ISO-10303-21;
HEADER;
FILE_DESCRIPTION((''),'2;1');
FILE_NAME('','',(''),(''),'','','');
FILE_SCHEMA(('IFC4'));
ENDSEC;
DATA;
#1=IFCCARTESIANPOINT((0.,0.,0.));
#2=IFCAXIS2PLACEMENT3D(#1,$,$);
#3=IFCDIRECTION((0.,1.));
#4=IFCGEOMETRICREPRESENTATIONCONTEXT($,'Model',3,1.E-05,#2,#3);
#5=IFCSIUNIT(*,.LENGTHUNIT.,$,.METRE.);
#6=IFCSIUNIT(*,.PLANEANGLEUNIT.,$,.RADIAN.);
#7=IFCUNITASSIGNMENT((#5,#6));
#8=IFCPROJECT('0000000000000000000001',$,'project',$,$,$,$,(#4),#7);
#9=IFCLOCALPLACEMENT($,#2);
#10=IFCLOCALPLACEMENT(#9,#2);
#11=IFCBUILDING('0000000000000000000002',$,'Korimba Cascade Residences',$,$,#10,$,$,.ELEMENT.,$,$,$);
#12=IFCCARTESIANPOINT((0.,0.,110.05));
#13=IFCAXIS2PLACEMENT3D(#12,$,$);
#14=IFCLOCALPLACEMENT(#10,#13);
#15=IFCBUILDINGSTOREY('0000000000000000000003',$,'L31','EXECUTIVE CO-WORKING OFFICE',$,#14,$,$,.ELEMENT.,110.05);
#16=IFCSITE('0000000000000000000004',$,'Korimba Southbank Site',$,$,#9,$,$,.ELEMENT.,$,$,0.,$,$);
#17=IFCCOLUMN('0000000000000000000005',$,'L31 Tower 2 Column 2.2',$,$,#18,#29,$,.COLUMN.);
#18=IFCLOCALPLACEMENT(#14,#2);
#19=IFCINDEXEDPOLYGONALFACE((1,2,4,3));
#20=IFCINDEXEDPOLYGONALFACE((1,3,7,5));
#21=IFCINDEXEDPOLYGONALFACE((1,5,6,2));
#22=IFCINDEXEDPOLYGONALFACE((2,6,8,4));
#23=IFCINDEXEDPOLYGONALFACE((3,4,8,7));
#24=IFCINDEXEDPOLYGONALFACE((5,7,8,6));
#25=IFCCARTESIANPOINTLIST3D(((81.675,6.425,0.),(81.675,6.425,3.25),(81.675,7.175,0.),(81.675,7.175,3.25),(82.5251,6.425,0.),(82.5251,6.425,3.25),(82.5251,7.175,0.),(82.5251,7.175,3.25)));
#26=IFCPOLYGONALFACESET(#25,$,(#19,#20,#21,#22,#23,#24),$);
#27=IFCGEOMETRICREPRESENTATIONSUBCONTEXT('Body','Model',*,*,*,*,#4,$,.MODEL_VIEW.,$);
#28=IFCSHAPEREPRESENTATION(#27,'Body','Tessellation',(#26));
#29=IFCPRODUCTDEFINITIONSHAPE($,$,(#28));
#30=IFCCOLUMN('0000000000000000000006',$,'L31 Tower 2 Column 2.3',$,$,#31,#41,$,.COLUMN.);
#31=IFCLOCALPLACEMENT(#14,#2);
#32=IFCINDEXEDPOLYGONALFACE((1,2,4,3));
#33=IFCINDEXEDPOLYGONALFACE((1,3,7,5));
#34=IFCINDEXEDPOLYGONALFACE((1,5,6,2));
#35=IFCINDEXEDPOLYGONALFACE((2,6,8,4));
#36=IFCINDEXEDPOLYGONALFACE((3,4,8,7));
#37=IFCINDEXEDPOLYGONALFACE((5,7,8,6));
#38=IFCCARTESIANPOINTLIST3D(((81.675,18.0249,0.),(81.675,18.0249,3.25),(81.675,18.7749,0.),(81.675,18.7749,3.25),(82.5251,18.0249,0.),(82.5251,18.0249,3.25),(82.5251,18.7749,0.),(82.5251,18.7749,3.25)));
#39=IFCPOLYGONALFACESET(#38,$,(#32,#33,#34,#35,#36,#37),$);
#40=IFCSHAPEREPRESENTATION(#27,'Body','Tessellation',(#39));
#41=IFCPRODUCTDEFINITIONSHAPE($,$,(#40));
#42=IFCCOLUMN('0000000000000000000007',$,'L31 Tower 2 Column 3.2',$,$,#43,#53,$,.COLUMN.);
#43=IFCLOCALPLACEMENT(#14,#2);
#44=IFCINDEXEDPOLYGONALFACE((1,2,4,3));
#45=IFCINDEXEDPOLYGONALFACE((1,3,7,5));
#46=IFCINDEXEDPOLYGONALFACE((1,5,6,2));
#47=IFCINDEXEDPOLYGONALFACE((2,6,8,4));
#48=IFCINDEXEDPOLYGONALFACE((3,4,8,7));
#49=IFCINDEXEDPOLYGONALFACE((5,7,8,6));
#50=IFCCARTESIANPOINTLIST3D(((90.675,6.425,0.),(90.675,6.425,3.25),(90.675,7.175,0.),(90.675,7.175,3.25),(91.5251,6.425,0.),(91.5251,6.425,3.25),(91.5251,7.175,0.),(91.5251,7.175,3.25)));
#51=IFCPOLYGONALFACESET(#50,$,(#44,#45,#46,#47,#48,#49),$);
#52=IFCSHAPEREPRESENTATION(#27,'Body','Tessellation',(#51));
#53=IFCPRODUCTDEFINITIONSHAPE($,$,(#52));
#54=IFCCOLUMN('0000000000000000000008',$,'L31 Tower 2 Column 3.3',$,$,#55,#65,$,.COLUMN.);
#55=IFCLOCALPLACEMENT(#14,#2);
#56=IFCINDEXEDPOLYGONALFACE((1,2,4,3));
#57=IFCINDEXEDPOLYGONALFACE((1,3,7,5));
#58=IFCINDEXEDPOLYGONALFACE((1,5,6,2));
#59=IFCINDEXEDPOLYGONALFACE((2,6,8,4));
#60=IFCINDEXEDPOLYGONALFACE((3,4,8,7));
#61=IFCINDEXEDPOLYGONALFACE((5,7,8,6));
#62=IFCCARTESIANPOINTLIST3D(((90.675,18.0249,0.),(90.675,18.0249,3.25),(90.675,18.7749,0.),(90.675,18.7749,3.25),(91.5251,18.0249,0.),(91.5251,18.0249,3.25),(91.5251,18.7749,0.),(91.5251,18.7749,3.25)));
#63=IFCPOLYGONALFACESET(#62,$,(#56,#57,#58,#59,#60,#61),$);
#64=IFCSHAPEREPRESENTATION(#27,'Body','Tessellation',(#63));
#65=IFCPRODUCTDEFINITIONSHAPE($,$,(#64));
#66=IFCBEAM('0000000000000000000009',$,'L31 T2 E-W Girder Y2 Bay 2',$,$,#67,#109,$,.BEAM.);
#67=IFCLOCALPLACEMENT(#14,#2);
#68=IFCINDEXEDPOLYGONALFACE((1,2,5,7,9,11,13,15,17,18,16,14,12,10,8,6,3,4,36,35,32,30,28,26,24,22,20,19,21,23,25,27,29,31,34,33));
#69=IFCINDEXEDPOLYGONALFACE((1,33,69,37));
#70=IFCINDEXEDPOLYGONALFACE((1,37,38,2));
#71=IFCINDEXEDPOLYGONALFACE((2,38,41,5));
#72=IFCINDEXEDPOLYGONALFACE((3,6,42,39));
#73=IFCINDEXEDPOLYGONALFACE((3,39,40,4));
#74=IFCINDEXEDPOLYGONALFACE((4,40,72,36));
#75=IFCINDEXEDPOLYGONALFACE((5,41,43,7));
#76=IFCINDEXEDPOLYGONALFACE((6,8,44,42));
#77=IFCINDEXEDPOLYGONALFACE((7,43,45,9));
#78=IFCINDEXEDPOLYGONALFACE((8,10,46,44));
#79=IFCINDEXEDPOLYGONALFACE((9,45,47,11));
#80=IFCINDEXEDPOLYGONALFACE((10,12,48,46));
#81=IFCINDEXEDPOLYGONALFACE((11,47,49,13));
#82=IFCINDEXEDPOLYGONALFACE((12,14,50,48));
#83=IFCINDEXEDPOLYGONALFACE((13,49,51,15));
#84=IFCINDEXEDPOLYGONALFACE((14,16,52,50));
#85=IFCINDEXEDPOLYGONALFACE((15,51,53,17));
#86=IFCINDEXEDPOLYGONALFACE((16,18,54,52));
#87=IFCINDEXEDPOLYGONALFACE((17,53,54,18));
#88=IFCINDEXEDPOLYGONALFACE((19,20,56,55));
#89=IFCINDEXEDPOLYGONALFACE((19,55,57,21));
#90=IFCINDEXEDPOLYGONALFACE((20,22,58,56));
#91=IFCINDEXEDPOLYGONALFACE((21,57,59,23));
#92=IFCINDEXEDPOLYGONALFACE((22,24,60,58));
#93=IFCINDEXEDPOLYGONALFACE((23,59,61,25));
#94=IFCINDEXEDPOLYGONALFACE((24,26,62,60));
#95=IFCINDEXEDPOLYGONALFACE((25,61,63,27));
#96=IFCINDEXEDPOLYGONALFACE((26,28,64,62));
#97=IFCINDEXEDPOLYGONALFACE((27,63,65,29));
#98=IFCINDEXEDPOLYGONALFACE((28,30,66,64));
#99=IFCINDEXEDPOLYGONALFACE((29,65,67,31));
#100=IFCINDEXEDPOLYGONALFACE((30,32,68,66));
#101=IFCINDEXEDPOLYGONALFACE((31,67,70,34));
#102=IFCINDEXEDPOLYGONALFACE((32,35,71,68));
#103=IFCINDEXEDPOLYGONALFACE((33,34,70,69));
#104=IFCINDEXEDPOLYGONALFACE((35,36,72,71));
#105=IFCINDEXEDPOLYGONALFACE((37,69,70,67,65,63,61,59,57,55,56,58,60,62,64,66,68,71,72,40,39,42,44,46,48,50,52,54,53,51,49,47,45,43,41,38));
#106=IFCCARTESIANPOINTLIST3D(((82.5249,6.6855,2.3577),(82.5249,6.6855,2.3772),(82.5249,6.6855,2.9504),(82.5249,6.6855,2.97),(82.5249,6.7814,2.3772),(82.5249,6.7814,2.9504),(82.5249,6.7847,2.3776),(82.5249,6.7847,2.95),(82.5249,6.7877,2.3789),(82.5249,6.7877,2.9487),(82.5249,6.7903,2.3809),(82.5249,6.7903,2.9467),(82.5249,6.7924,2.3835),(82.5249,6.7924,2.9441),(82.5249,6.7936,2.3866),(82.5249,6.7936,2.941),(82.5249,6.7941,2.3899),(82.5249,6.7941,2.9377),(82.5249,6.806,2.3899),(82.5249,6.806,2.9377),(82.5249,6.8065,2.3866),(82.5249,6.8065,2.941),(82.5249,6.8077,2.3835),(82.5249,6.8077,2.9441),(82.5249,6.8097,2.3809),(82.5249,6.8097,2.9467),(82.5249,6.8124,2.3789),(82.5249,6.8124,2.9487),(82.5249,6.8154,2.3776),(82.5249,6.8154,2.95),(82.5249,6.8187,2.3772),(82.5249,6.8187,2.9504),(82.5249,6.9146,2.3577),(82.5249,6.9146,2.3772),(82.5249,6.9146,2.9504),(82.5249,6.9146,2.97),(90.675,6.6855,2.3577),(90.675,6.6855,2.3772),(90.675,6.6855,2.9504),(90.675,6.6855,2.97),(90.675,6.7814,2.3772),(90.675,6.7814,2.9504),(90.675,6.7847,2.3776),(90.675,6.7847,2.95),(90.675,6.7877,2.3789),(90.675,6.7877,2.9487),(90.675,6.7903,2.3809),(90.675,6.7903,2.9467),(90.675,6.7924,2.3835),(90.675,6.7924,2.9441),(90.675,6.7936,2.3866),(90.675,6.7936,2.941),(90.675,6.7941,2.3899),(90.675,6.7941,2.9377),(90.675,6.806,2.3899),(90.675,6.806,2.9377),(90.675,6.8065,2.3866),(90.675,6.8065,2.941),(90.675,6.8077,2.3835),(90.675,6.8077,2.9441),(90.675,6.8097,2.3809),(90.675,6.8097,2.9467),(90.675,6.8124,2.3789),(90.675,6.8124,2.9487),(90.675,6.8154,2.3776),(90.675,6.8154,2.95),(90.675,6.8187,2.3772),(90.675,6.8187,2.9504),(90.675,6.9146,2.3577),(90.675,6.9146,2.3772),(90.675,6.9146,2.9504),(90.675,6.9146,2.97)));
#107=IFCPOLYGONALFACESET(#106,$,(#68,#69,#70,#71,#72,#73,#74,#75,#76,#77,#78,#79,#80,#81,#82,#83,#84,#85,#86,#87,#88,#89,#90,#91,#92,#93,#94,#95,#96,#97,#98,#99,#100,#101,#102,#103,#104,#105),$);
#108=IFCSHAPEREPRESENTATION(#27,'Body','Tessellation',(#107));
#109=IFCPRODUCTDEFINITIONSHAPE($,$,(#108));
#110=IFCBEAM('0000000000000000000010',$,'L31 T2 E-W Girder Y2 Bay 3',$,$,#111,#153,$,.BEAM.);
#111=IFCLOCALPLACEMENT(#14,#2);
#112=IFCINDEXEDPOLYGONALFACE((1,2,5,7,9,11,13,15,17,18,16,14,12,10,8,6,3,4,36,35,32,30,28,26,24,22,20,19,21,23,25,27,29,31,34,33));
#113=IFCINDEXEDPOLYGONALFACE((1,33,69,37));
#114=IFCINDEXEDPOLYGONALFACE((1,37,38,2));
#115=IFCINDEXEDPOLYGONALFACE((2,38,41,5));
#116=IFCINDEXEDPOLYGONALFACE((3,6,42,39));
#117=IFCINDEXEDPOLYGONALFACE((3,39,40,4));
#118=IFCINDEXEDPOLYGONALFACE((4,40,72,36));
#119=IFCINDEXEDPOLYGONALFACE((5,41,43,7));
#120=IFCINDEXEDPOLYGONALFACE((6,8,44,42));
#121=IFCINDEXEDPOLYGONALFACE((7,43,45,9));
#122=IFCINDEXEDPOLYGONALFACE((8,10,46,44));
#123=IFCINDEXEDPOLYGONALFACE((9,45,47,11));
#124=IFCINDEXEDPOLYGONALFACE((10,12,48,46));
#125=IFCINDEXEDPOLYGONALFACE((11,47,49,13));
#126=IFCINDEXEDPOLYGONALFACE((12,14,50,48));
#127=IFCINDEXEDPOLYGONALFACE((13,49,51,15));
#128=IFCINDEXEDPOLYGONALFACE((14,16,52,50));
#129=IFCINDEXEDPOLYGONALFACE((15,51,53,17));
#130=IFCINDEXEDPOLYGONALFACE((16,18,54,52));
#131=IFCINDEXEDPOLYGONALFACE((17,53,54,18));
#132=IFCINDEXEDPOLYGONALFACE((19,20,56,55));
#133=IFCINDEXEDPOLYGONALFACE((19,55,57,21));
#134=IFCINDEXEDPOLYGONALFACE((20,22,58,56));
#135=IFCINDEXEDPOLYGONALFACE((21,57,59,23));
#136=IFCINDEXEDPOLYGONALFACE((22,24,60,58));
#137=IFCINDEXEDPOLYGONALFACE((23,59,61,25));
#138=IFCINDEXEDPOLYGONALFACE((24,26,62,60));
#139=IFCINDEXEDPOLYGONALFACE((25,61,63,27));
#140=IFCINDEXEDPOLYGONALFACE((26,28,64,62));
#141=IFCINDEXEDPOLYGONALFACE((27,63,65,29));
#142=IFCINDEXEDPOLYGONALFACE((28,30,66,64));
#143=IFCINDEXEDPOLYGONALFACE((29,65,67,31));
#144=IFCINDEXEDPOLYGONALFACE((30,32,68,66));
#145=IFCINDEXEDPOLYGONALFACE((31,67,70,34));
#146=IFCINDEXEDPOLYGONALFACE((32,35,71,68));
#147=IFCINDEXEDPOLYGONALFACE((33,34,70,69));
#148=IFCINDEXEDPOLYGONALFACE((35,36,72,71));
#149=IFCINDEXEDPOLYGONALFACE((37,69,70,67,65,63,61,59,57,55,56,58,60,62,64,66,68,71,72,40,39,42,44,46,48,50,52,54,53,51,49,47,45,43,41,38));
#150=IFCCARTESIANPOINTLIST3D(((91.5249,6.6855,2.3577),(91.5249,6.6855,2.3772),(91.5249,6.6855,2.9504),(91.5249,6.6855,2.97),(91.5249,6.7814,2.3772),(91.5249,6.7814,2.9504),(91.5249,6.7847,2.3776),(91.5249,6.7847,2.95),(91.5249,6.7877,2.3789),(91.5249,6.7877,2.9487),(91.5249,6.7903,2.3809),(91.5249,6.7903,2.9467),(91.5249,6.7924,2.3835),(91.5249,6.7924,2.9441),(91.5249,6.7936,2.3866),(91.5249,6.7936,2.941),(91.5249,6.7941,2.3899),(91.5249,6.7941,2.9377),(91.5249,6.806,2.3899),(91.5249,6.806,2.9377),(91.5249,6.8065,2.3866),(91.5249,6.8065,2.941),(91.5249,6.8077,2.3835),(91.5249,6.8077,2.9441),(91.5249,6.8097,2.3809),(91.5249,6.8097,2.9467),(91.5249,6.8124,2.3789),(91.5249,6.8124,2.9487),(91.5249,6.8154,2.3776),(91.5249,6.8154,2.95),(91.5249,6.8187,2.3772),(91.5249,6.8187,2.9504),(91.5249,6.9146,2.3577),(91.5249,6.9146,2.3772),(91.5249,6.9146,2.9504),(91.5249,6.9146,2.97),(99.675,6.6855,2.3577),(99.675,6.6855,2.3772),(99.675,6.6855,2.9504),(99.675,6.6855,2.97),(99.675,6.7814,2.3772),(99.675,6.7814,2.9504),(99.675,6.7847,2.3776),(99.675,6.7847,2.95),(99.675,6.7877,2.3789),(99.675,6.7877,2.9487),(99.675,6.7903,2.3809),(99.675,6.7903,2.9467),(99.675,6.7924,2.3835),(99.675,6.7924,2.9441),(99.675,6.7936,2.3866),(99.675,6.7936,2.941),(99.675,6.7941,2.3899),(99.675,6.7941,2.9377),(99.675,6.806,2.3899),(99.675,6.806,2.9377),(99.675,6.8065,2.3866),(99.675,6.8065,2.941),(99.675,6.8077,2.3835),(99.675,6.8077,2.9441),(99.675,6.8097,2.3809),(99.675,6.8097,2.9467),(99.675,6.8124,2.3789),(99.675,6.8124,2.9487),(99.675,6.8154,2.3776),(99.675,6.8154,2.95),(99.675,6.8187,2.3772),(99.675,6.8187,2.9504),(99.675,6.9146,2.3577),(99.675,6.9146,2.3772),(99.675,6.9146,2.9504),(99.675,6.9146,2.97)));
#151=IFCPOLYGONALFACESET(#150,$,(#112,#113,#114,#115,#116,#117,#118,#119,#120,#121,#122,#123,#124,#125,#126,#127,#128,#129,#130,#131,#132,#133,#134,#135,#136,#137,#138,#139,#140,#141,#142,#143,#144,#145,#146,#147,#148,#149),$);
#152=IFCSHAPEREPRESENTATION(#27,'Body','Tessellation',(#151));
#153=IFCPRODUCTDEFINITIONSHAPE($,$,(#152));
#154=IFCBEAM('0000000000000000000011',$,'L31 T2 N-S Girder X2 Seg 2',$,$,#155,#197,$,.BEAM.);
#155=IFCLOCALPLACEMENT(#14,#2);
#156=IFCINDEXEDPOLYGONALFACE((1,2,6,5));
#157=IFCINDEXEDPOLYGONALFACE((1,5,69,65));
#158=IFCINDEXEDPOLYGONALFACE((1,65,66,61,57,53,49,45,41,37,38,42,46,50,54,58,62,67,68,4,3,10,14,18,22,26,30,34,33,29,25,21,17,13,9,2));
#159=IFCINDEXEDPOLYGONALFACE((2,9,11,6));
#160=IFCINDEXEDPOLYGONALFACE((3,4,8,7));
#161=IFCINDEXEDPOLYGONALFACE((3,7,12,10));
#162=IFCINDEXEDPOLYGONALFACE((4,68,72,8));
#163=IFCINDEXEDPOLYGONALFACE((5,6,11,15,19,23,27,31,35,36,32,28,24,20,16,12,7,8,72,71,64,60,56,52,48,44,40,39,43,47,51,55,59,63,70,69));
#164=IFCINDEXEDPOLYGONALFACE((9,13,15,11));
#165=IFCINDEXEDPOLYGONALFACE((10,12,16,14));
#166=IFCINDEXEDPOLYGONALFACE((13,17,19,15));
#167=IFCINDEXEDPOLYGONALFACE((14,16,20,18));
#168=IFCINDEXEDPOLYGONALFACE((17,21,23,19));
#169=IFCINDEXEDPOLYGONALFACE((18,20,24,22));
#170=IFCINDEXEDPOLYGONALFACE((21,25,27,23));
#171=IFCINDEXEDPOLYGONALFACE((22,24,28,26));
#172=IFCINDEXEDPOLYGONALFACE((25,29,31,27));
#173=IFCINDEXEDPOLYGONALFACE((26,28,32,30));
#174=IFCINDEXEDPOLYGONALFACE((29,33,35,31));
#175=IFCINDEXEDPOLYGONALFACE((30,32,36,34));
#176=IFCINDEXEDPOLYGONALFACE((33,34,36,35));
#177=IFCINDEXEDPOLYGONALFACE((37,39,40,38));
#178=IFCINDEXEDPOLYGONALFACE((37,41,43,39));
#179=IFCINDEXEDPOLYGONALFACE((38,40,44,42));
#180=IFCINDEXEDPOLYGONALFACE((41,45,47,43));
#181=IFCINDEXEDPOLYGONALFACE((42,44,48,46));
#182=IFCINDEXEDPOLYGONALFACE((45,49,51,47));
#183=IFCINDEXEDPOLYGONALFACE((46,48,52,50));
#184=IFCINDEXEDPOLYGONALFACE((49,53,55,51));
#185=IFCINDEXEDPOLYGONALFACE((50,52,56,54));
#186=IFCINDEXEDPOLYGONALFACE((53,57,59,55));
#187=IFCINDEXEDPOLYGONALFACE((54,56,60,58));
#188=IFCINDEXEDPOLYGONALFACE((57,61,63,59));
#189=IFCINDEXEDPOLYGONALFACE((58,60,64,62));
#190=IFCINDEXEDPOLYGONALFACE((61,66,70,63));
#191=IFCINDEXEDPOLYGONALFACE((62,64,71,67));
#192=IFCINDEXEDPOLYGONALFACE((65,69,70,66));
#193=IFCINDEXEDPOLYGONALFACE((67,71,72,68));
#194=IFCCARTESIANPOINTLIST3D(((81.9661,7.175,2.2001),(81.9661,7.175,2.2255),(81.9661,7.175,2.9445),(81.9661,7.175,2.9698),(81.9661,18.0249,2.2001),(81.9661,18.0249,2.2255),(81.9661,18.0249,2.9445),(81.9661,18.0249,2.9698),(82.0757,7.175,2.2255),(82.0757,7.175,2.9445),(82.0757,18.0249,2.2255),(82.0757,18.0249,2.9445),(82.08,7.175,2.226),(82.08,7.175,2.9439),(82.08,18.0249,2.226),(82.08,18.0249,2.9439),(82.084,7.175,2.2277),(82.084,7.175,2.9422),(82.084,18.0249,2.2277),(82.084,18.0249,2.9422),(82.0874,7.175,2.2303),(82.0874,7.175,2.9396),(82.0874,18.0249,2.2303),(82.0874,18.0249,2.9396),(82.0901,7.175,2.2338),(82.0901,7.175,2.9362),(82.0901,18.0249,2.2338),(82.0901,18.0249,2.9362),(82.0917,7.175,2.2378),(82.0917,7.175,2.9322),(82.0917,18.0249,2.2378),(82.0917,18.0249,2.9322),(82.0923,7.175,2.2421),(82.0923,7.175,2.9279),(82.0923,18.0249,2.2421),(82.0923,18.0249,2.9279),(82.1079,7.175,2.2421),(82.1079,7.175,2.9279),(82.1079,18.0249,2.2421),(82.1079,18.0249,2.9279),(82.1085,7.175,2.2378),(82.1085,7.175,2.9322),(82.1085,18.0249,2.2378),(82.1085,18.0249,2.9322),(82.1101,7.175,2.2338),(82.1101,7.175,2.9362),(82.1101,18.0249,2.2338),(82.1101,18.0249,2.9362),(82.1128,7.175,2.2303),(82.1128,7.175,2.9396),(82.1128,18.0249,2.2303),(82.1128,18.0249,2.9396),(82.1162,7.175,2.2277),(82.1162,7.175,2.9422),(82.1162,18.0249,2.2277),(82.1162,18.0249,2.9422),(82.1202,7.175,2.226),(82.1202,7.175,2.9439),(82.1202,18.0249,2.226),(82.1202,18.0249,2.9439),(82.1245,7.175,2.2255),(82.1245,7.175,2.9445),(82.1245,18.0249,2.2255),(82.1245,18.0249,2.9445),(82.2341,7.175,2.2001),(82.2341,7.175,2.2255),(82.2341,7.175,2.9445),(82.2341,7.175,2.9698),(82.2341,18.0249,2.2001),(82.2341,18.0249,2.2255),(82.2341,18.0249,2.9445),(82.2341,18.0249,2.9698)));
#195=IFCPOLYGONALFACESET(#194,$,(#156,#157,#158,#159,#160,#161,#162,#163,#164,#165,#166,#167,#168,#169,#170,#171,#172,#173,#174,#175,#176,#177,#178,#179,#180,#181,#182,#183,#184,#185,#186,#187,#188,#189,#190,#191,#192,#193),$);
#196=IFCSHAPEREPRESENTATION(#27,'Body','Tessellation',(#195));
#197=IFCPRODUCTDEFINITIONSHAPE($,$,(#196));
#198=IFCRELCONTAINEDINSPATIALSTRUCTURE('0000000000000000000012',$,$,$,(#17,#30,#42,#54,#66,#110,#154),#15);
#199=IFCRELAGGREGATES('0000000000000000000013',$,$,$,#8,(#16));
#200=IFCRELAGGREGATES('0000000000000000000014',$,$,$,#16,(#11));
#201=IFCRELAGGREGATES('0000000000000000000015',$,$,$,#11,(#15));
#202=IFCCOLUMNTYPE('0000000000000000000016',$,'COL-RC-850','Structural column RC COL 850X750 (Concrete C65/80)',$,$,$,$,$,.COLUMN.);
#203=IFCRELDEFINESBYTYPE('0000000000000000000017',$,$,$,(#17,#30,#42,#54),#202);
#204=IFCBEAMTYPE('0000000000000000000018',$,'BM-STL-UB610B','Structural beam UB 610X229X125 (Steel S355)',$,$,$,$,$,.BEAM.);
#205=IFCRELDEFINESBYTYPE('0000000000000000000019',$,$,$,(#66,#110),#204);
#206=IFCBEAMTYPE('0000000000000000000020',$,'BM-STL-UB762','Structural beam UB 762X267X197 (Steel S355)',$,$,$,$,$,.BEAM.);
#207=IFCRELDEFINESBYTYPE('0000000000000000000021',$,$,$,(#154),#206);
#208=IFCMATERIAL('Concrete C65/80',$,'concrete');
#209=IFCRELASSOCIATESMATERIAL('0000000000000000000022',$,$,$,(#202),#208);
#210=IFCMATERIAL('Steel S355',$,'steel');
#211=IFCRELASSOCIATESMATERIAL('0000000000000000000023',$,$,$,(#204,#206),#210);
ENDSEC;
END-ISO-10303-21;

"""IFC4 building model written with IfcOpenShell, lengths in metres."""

from ifc_helpers import new_model, si_unit, direction, frame, origin, origin_2d, place, context, subcontext, project, spatial, rectangle, i_section, extrude, material, material_profile, profile_set, type_object, element, save


model = new_model("IFC4")

# Units and contexts
model_context = context("Model", 3, precision=1e-05, world=origin(), true_north=direction((0.0, 1.0)))
body_context = subcontext(model_context, "Body", "Model", "MODEL_VIEW")
ifc_project = project(units=[si_unit("LENGTHUNIT", "METRE"), si_unit("PLANEANGLEUNIT", "RADIAN")], contexts=[model_context])

# Site, building, storey
site_placement = place(None, origin())
site = spatial("IfcSite", under=ifc_project, at=site_placement, Name="Korimba Southbank Site", CompositionType="ELEMENT", RefElevation=0.0)
building_placement = place(site_placement, origin())
building = spatial("IfcBuilding", under=site, at=building_placement, Name="Korimba Cascade Residences", CompositionType="ELEMENT")
storey_placement = place(building_placement, frame((0.0, 0.0, 110.05)))
storey = spatial("IfcBuildingStorey", under=building, at=storey_placement, Name="L31", Description="EXECUTIVE CO-WORKING OFFICE", CompositionType="ELEMENT", Elevation=110.05)

# Columns
ifc_material_1 = material(Name="Concrete C65/80", Category="concrete")
ifc_material_profile_1 = material_profile(ifc_material_1, rectangle(XDim=0.8501, YDim=0.75, at=origin_2d()), Name="Concrete C65/80")
ifc_profile_set_1 = profile_set([ifc_material_profile_1], Name="Concrete C65/80")
column_type = type_object("IfcColumnType", Name="COL-RC-850", Description="Structural column RC COL 850X750 (Concrete C65/80)", PredefinedType="COLUMN", material=ifc_profile_set_1)
for number, where, z_axis, x_axis, name in (
    (1, (82.1001, 6.8, 0.0), (0.0, 0.0, 1.0), (1.0, 0.0, 0.0), "L31 Tower 2 Column 2.2"),
    (2, (82.1001, 18.3999, 0.0), (0.0, 0.0, 1.0), (1.0, 0.0, 0.0), "L31 Tower 2 Column 2.3"),
    (3, (91.1001, 6.8, 0.0), (0.0, 0.0, 1.0), (1.0, 0.0, 0.0), "L31 Tower 2 Column 3.2"),
    (4, (91.1001, 18.3999, 0.0), (0.0, 0.0, 1.0), (1.0, 0.0, 0.0), "L31 Tower 2 Column 3.3"),
):
    element("IfcColumn", number, at=place(storey_placement, frame(where, z_axis=z_axis, x_axis=x_axis)), inside=storey, type_object=column_type, Name=name, PredefinedType="COLUMN", context=body_context, shape_type="SweptSolid", body=[
        extrude(rectangle(XDim=0.8501, YDim=0.75, at=origin_2d()), origin(), (0.0, 0.0, 1.0), 3.25),
    ])

# Beams
ifc_material_2 = material(Name="Steel S355", Category="steel")
ifc_material_profile_2 = material_profile(ifc_material_2, i_section(OverallWidth=0.229, OverallDepth=0.6123, WebThickness=0.012, FlangeThickness=0.0195, FilletRadius=0.0127, at=origin_2d()), Name="Steel S355")
ifc_profile_set_2 = profile_set([ifc_material_profile_2], Name="Steel S355")
beam_type_1 = type_object("IfcBeamType", Name="BM-STL-UB610B", Description="Structural beam UB 610X229X125 (Steel S355)", PredefinedType="BEAM", material=ifc_profile_set_2)
for number, where, z_axis, x_axis, name in (
    (5, (82.5249, 6.8, 2.6638), (1.0, 0.0, 0.0), (0.0, 1.0, 0.0), "L31 T2 E-W Girder Y2 Bay 2"),
    (6, (91.5249, 6.8, 2.6638), (1.0, 0.0, 0.0), (0.0, 1.0, 0.0), "L31 T2 E-W Girder Y2 Bay 3"),
):
    element("IfcBeam", number, at=place(storey_placement, frame(where, z_axis=z_axis, x_axis=x_axis)), inside=storey, type_object=beam_type_1, Name=name, PredefinedType="BEAM", context=body_context, shape_type="SweptSolid", body=[
        extrude(i_section(OverallWidth=0.229, OverallDepth=0.6123, WebThickness=0.012, FlangeThickness=0.0195, FilletRadius=0.0127, at=origin_2d()), origin(), (0.0, 0.0, 1.0), 8.1501),
    ])
ifc_material_profile_3 = material_profile(ifc_material_2, i_section(OverallWidth=0.2681, OverallDepth=0.7698, WebThickness=0.0156, FlangeThickness=0.0254, FilletRadius=0.0166, at=origin_2d()), Name="Steel S355")
ifc_profile_set_3 = profile_set([ifc_material_profile_3], Name="Steel S355")
beam_type_2 = type_object("IfcBeamType", Name="BM-STL-UB762", Description="Structural beam UB 762X267X197 (Steel S355)", PredefinedType="BEAM", material=ifc_profile_set_3)
for number, where, z_axis, x_axis, name in (
    (7, (82.1001, 7.175, 2.585), (0.0, 1.0, 0.0), (-1.0, 0.0, 0.0), "L31 T2 N-S Girder X2 Seg 2"),
):
    element("IfcBeam", number, at=place(storey_placement, frame(where, z_axis=z_axis, x_axis=x_axis)), inside=storey, type_object=beam_type_2, Name=name, PredefinedType="BEAM", context=body_context, shape_type="SweptSolid", body=[
        extrude(i_section(OverallWidth=0.2681, OverallDepth=0.7698, WebThickness=0.0156, FlangeThickness=0.0254, FilletRadius=0.0166, at=origin_2d()), origin(), (0.0, 0.0, 1.0), 10.8499),
    ])

save(model, "model.ifc")
